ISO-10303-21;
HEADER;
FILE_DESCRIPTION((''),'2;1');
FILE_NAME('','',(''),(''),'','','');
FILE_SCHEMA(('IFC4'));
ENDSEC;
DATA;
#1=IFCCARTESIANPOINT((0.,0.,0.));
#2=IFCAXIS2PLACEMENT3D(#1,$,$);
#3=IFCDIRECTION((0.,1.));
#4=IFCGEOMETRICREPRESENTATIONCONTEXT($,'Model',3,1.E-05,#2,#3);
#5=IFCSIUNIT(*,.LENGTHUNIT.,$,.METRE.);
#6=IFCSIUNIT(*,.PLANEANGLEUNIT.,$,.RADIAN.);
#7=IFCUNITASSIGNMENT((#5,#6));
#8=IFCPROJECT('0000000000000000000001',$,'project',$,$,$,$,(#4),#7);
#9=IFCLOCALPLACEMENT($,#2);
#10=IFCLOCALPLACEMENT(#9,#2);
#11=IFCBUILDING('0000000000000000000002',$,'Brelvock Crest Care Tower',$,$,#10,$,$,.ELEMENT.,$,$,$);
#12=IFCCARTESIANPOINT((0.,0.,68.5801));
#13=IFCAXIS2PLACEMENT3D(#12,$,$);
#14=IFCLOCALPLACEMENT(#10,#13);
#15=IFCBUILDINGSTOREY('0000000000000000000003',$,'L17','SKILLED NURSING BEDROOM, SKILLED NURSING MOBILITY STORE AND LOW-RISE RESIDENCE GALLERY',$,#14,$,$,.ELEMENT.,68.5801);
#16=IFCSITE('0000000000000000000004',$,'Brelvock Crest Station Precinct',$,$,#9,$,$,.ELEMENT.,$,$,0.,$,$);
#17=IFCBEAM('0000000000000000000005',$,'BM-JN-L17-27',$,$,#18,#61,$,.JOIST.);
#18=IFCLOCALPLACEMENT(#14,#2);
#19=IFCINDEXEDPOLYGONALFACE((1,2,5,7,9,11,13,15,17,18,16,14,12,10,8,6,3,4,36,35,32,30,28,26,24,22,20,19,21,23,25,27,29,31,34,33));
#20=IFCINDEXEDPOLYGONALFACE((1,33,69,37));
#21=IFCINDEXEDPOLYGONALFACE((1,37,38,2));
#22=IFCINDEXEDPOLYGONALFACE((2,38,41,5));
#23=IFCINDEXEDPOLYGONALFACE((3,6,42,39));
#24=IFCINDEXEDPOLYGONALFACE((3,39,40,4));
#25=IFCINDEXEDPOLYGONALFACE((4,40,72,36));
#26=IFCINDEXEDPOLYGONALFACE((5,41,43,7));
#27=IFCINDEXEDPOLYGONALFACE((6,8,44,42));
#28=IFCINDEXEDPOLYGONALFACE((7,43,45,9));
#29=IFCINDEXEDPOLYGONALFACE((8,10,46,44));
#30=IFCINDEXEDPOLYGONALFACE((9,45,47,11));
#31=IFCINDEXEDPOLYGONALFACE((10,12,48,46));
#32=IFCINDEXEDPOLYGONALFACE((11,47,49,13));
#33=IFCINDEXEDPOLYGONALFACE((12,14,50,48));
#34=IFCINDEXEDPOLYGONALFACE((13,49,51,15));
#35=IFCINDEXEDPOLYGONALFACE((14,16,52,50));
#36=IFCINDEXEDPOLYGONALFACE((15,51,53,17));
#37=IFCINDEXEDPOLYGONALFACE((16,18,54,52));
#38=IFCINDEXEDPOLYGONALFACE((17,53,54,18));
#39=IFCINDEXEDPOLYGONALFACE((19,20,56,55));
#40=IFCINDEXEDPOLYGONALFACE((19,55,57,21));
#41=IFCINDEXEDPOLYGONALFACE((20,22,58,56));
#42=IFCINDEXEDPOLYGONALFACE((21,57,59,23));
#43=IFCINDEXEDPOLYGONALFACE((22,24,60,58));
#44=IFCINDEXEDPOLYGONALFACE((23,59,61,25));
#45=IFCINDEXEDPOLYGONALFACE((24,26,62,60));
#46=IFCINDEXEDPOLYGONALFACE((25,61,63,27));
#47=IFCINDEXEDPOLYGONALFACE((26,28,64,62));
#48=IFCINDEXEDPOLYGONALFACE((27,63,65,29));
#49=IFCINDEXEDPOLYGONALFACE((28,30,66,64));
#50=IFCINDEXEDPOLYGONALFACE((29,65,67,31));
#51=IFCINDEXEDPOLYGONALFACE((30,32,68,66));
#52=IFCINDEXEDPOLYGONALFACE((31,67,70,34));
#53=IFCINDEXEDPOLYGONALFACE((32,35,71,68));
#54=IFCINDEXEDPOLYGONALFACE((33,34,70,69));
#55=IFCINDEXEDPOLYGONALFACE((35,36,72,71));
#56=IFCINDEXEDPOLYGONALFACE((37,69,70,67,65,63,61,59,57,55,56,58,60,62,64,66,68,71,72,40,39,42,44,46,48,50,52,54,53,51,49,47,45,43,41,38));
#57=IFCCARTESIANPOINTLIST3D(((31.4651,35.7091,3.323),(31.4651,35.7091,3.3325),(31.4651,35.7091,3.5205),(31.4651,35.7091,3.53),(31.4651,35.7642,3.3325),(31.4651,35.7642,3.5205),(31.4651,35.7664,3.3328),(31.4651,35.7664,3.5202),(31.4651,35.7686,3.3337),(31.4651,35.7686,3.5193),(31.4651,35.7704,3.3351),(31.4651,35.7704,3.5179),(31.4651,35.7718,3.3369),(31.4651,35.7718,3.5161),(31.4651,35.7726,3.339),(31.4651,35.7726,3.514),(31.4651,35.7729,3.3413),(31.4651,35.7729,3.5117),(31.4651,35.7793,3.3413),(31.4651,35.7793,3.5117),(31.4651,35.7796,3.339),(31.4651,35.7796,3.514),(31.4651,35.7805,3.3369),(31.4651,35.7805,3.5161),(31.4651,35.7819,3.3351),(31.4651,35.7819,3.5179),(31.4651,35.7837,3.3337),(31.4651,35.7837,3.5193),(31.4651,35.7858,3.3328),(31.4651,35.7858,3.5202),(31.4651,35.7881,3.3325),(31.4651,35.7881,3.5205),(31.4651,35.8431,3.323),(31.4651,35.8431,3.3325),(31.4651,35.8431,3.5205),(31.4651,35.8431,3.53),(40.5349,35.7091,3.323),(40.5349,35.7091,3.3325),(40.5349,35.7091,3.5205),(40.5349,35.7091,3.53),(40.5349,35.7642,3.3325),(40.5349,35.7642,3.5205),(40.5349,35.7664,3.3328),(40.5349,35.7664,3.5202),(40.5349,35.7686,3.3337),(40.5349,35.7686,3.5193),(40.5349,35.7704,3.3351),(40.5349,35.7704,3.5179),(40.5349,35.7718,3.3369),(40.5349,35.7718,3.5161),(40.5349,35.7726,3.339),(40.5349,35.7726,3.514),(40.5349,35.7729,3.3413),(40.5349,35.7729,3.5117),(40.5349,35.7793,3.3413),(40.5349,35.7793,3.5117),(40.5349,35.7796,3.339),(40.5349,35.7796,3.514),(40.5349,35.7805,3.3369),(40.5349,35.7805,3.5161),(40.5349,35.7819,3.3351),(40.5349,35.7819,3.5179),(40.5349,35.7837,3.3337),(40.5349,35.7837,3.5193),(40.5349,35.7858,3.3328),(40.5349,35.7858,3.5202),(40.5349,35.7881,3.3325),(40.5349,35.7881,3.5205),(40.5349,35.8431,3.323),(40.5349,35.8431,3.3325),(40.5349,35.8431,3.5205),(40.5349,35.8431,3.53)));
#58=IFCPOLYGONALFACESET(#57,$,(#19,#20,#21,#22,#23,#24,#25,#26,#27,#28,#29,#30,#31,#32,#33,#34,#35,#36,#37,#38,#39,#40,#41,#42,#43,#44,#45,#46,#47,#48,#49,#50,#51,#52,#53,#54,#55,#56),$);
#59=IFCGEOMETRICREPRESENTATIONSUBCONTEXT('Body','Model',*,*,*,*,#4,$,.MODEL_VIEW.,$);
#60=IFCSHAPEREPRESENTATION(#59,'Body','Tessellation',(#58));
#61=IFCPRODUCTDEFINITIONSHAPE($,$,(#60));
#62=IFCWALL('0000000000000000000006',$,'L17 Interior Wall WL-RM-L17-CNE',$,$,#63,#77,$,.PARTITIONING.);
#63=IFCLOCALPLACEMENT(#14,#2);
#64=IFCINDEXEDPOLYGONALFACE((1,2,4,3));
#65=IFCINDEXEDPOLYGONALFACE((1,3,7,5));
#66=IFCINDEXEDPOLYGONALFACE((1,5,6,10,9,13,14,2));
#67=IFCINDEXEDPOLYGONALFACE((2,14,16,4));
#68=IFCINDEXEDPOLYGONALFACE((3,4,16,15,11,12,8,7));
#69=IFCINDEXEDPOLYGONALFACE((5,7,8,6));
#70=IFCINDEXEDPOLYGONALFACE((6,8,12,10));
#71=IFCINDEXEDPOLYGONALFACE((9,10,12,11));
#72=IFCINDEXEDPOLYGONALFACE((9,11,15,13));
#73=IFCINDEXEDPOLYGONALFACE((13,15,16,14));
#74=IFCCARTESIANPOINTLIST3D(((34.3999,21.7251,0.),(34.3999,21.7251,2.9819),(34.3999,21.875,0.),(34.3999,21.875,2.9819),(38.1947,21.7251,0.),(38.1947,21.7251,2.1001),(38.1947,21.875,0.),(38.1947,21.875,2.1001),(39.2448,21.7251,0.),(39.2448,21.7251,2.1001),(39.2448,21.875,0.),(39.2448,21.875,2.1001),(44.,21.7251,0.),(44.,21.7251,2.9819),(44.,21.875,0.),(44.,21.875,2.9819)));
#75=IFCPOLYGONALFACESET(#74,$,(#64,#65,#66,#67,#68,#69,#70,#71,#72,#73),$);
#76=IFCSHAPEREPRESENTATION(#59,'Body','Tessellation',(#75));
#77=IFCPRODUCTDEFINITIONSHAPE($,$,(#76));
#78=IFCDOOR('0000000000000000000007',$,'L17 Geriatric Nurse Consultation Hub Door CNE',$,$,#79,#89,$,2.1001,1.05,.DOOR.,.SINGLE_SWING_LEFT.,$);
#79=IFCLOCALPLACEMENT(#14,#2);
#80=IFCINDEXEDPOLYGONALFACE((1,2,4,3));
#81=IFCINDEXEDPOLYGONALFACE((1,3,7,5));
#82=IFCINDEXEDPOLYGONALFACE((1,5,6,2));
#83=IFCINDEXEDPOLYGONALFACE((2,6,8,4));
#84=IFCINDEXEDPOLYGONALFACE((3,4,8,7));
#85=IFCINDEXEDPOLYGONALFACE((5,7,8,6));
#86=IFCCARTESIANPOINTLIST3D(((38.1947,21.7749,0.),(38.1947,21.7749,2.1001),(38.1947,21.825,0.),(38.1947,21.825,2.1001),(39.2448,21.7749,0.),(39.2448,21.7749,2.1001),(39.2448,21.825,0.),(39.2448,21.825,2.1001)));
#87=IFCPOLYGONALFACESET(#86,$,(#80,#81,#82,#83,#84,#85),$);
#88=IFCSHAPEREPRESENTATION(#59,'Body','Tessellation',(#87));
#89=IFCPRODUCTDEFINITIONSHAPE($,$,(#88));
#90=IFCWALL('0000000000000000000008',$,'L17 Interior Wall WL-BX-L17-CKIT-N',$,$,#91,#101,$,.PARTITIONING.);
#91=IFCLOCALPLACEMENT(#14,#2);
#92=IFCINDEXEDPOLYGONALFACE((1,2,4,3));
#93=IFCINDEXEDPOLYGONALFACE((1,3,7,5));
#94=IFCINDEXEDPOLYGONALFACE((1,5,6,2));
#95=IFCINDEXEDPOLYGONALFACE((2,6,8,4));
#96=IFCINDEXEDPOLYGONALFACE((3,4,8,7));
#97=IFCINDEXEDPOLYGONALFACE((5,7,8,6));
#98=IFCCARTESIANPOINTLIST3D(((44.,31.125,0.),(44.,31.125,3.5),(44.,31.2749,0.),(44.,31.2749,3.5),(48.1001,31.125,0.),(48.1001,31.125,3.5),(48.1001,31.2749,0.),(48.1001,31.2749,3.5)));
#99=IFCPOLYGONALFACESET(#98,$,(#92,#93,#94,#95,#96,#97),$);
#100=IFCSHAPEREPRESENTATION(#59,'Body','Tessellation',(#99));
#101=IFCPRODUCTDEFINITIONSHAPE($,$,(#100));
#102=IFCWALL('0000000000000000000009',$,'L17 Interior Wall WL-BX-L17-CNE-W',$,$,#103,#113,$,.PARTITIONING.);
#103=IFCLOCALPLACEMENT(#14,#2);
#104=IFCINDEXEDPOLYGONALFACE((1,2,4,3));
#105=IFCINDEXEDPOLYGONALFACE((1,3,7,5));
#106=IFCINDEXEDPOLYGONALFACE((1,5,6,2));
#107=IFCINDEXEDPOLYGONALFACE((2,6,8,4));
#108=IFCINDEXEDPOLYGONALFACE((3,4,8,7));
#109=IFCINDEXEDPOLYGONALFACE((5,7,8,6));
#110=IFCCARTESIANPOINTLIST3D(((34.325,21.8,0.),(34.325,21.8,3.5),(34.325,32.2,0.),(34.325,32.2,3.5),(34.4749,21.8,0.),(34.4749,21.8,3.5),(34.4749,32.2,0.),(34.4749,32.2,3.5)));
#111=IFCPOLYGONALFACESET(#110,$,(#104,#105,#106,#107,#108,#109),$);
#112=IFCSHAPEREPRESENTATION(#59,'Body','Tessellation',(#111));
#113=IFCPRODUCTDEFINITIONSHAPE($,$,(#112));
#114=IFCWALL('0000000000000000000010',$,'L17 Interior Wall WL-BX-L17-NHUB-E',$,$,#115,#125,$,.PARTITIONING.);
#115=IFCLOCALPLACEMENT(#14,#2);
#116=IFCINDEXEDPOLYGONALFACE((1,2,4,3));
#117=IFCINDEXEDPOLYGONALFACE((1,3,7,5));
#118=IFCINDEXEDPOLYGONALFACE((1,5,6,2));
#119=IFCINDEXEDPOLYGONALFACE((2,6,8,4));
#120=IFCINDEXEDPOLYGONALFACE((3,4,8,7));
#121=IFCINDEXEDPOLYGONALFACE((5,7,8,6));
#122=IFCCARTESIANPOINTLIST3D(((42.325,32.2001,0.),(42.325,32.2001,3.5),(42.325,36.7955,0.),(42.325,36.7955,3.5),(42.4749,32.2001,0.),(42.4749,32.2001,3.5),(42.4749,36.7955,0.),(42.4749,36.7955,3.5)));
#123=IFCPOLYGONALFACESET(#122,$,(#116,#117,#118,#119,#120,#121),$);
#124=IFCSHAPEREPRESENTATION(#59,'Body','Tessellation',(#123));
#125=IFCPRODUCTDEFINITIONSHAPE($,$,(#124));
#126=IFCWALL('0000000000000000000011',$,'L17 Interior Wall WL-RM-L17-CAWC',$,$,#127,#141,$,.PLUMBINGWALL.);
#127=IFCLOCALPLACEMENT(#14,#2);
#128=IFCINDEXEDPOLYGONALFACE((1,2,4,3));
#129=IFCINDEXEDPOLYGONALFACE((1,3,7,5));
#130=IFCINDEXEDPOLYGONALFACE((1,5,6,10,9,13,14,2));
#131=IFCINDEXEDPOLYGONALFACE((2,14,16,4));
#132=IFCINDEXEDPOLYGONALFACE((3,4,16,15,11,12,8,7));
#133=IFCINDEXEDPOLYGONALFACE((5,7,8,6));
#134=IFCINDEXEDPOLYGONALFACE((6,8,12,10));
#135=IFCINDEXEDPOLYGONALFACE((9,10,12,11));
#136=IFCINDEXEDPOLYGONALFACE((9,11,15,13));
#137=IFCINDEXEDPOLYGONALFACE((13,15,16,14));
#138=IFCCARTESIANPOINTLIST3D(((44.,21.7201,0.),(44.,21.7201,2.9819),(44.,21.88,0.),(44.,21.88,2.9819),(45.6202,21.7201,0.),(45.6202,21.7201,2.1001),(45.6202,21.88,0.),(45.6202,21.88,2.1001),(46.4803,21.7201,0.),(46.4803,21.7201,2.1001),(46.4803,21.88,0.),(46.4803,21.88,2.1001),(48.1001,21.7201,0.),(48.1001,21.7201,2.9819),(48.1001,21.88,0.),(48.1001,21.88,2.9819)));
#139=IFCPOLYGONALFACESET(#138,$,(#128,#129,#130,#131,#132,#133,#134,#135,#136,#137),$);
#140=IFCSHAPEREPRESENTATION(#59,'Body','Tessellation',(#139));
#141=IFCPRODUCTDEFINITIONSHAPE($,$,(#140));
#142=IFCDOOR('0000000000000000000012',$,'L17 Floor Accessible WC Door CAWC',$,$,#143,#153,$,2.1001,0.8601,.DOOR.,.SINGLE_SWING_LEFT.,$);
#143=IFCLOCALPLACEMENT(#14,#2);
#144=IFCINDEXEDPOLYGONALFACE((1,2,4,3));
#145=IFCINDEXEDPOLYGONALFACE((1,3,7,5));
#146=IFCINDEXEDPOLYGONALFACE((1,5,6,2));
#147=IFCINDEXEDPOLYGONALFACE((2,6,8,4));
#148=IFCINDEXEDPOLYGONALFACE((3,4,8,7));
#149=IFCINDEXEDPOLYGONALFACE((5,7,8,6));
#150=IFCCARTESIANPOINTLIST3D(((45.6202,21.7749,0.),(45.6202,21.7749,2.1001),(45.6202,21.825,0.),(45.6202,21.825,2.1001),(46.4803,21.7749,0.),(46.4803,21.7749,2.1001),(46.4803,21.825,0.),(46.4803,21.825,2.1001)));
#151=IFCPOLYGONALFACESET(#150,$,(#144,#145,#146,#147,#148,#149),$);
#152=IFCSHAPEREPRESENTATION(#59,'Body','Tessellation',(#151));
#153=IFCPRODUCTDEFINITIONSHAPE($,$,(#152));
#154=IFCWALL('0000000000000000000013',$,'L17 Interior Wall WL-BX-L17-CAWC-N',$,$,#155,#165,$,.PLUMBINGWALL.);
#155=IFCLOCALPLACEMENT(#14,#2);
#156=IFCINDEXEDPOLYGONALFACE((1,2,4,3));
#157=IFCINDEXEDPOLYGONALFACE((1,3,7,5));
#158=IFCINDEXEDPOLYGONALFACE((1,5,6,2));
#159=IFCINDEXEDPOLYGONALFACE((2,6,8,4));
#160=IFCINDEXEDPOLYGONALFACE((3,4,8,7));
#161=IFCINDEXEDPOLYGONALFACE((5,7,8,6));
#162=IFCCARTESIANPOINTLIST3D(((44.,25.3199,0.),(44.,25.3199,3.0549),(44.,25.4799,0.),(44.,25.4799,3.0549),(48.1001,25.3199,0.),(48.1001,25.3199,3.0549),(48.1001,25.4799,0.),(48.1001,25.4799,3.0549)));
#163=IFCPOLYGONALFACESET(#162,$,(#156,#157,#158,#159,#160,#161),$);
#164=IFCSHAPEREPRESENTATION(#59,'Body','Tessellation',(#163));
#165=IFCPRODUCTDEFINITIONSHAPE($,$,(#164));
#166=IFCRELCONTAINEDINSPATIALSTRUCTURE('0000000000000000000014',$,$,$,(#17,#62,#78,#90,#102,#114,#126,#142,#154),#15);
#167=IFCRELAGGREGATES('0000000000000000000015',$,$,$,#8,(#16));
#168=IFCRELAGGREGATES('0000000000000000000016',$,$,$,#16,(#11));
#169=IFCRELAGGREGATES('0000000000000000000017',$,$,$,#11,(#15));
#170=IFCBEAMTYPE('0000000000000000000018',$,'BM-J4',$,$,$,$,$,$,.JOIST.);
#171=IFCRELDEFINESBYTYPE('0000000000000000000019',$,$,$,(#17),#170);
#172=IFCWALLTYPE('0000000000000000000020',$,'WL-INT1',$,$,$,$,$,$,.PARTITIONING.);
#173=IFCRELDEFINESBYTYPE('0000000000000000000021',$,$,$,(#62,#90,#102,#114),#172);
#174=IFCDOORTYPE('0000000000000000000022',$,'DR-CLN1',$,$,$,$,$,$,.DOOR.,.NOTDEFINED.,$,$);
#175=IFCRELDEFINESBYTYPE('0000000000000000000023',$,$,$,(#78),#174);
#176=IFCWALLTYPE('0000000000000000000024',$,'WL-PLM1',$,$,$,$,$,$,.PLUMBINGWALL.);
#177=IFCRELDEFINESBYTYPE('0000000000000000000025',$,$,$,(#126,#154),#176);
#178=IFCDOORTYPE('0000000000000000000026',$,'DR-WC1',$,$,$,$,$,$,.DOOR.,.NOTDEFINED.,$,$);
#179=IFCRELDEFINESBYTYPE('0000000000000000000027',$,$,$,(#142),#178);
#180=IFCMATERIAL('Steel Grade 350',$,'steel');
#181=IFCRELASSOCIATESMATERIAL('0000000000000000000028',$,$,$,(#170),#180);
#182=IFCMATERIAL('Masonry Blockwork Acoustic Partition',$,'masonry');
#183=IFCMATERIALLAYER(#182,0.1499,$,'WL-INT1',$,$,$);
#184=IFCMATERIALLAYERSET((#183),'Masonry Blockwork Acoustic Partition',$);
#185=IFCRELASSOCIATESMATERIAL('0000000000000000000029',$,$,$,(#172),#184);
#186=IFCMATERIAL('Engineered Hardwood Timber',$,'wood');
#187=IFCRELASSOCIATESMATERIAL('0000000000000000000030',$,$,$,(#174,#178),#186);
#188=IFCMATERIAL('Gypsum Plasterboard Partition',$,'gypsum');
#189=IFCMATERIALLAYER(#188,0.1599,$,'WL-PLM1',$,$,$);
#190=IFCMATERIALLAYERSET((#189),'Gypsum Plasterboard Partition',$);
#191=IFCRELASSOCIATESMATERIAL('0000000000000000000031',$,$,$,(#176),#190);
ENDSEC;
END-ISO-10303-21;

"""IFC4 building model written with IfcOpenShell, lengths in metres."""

from ifc_helpers import new_model, si_unit, direction, frame, frame_2d, origin, origin_2d, place, context, subcontext, project, spatial, rectangle, i_section, extrude, source, transform, mapped, material, layer, layer_set, material_profile, profile_set, type_object, element, fill, save


model = new_model("IFC4")

# Units and contexts
model_context = context("Model", 3, precision=1e-05, world=origin(), true_north=direction((0.0, 1.0)))
body_context = subcontext(model_context, "Body", "Model", "MODEL_VIEW")
ifc_project = project(units=[si_unit("LENGTHUNIT", "METRE"), si_unit("PLANEANGLEUNIT", "RADIAN")], contexts=[model_context])

# Site, building, storey
site_placement = place(None, origin())
site = spatial("IfcSite", under=ifc_project, at=site_placement, Name="Brelvock Crest Station Precinct", CompositionType="ELEMENT", RefElevation=0.0)
building_placement = place(site_placement, origin())
building = spatial("IfcBuilding", under=site, at=building_placement, Name="Brelvock Crest Care Tower", CompositionType="ELEMENT")
storey_placement = place(building_placement, frame((0.0, 0.0, 68.5801)))
storey = spatial("IfcBuildingStorey", under=building, at=storey_placement, Name="L17", Description="SKILLED NURSING BEDROOM, SKILLED NURSING MOBILITY STORE AND LOW-RISE RESIDENCE GALLERY", CompositionType="ELEMENT", Elevation=68.5801)

# Beam
ifc_material_1 = material(Name="Steel Grade 350", Category="steel")
ifc_material_profile_1 = material_profile(ifc_material_1, i_section(OverallWidth=0.134, OverallDepth=0.207, WebThickness=0.0063, FlangeThickness=0.0095, FilletRadius=0.0088, at=origin_2d()), Name="200UB29.8")
ifc_profile_set_1 = profile_set([ifc_material_profile_1], Name="Steel Grade 350")
beam_type_1 = type_object("IfcBeamType", Name="BM-J4", PredefinedType="JOIST", material=ifc_profile_set_1)
shared_shape_1 = source(origin(), body_context, "Body", "SweptSolid", [
    extrude(i_section(OverallWidth=0.134, OverallDepth=0.207, WebThickness=0.0063, FlangeThickness=0.0095, FilletRadius=0.0088, at=origin_2d()), origin(), (0.0, 0.0, 1.0), 9.0698),
])
for number, where, z_axis, x_axis, name in (
    (1, (31.4651, 35.7761, 3.4265), (1.0, 0.0, 0.0), (0.0, 1.0, 0.0), "BM-JN-L17-27"),
):
    element("IfcBeam", number, at=place(storey_placement, frame(where, z_axis=z_axis, x_axis=x_axis)), inside=storey, type_object=beam_type_1, Name=name, PredefinedType="JOIST", context=body_context, shape_type="MappedRepresentation", body=[
        mapped(shared_shape_1, transform((0.0, 0.0, 0.0), x_axis=(1.0, 0.0, 0.0), y_axis=(0.0, 1.0, 0.0), z_axis=(0.0, 0.0, 1.0), scale=1.0)),
    ])

# Wall, opening, door
ifc_material_2 = material(Name="Masonry Blockwork Acoustic Partition", Category="masonry")
ifc_layer_1 = layer(ifc_material_2, 0.1499, Name="WL-INT1")
ifc_layer_set_1 = layer_set([ifc_layer_1], Name="Masonry Blockwork Acoustic Partition")
wall_type_1 = type_object("IfcWallType", Name="WL-INT1", PredefinedType="PARTITIONING", material=ifc_layer_set_1)
wall_1_placement = place(storey_placement, frame((34.3999, 21.8, 0.0), z_axis=(0.0, 0.0, 1.0), x_axis=(1.0, 0.0, 0.0)))
wall_1 = element("IfcWall", 2, at=wall_1_placement, inside=storey, type_object=wall_type_1, Name="L17 Interior Wall WL-RM-L17-CNE", PredefinedType="PARTITIONING", context=body_context, shape_type="SweptSolid", body=[
    extrude(rectangle(XDim=9.6001, YDim=0.1499, at=frame_2d((4.8, 0.0))), origin(), (0.0, 0.0, 1.0), 2.9819),
])
opening_1_placement = place(wall_1_placement, frame((3.7949, 0.0, 0.0)))
opening_1 = element("IfcOpeningElement", 3, at=opening_1_placement, cuts=wall_1, PredefinedType="OPENING", context=body_context, shape_type="SweptSolid", body=[
    extrude(rectangle(XDim=1.05, YDim=2.1001, at=origin_2d()), frame((0.5249, 0.085, 1.05), z_axis=(0.0, -1.0, 0.0), x_axis=(1.0, 0.0, 0.0)), (0.0, 0.0, 1.0), 0.1699),
])
ifc_material_3 = material(Name="Engineered Hardwood Timber", Category="wood")
door_type_1 = type_object("IfcDoorType", Name="DR-CLN1", OperationType="NOTDEFINED", PredefinedType="DOOR", material=ifc_material_3)
shared_shape_2 = source(origin(), body_context, "Body", "SweptSolid", [
    extrude(rectangle(XDim=1.05, YDim=2.1001, at=origin_2d()), frame((0.5249, 0.0249, 1.05), z_axis=(0.0, -1.0, 0.0), x_axis=(1.0, 0.0, 0.0)), (0.0, 0.0, 1.0), 0.05),
])
door_1_placement = place(opening_1_placement, origin())
door_1 = element("IfcDoor", 4, at=door_1_placement, inside=storey, type_object=door_type_1, Name="L17 Geriatric Nurse Consultation Hub Door CNE", OperationType="SINGLE_SWING_LEFT", OverallHeight=2.1001, OverallWidth=1.05, PredefinedType="DOOR", context=body_context, shape_type="MappedRepresentation", body=[
    mapped(shared_shape_2, transform((0.0, 0.0, 0.0), x_axis=(1.0, 0.0, 0.0), y_axis=(0.0, 1.0, 0.0), z_axis=(0.0, 0.0, 1.0), scale=1.0)),
])
fill(opening_1, door_1)

# Walls
wall_2_placement = place(storey_placement, frame((44.0, 31.2, 0.0), z_axis=(0.0, 0.0, 1.0), x_axis=(1.0, 0.0, 0.0)))
element("IfcWall", 5, at=wall_2_placement, inside=storey, type_object=wall_type_1, Name="L17 Interior Wall WL-BX-L17-CKIT-N", PredefinedType="PARTITIONING", context=body_context, shape_type="SweptSolid", body=[
    extrude(rectangle(XDim=4.1001, YDim=0.1499, at=frame_2d((2.05, 0.0))), origin(), (0.0, 0.0, 1.0), 3.5),
])
wall_3_placement = place(storey_placement, frame((34.3999, 21.8, 0.0), z_axis=(0.0, 0.0, 1.0), x_axis=(0.0, 1.0, 0.0)))
element("IfcWall", 6, at=wall_3_placement, inside=storey, type_object=wall_type_1, Name="L17 Interior Wall WL-BX-L17-CNE-W", PredefinedType="PARTITIONING", context=body_context, shape_type="SweptSolid", body=[
    extrude(rectangle(XDim=10.3999, YDim=0.1499, at=frame_2d((5.2, 0.0))), origin(), (0.0, 0.0, 1.0), 3.5),
])
wall_4_placement = place(storey_placement, frame((42.3999, 32.2, 0.0), z_axis=(0.0, 0.0, 1.0), x_axis=(0.0, 1.0, 0.0)))
element("IfcWall", 7, at=wall_4_placement, inside=storey, type_object=wall_type_1, Name="L17 Interior Wall WL-BX-L17-NHUB-E", PredefinedType="PARTITIONING", context=body_context, shape_type="SweptSolid", body=[
    extrude(rectangle(XDim=4.5955, YDim=0.1499, at=frame_2d((2.2979, 0.0))), origin(), (0.0, 0.0, 1.0), 3.5),
])

# Wall, opening, door
ifc_material_4 = material(Name="Gypsum Plasterboard Partition", Category="gypsum")
ifc_layer_2 = layer(ifc_material_4, 0.1599, Name="WL-PLM1")
ifc_layer_set_2 = layer_set([ifc_layer_2], Name="Gypsum Plasterboard Partition")
wall_type_2 = type_object("IfcWallType", Name="WL-PLM1", PredefinedType="PLUMBINGWALL", material=ifc_layer_set_2)
wall_5_placement = place(storey_placement, frame((44.0, 21.8, 0.0), z_axis=(0.0, 0.0, 1.0), x_axis=(1.0, 0.0, 0.0)))
wall_5 = element("IfcWall", 8, at=wall_5_placement, inside=storey, type_object=wall_type_2, Name="L17 Interior Wall WL-RM-L17-CAWC", PredefinedType="PLUMBINGWALL", context=body_context, shape_type="SweptSolid", body=[
    extrude(rectangle(XDim=4.1001, YDim=0.1599, at=frame_2d((2.05, 0.0))), origin(), (0.0, 0.0, 1.0), 2.9819),
])
opening_2_placement = place(wall_5_placement, frame((1.6201, 0.0, 0.0)))
opening_2 = element("IfcOpeningElement", 9, at=opening_2_placement, cuts=wall_5, PredefinedType="OPENING", context=body_context, shape_type="SweptSolid", body=[
    extrude(rectangle(XDim=0.8601, YDim=2.1001, at=origin_2d()), frame((0.4302, 0.0898, 1.05), z_axis=(0.0, -1.0, 0.0), x_axis=(1.0, 0.0, 0.0)), (0.0, 0.0, 1.0), 0.1799),
])
door_type_2 = type_object("IfcDoorType", Name="DR-WC1", OperationType="NOTDEFINED", PredefinedType="DOOR", material=ifc_material_3)
shared_shape_3 = source(origin(), body_context, "Body", "SweptSolid", [
    extrude(rectangle(XDim=0.8601, YDim=2.1001, at=origin_2d()), frame((0.4302, 0.0249, 1.05), z_axis=(0.0, -1.0, 0.0), x_axis=(1.0, 0.0, 0.0)), (0.0, 0.0, 1.0), 0.05),
])
door_2_placement = place(opening_2_placement, origin())
door_2 = element("IfcDoor", 10, at=door_2_placement, inside=storey, type_object=door_type_2, Name="L17 Floor Accessible WC Door CAWC", OperationType="SINGLE_SWING_LEFT", OverallHeight=2.1001, OverallWidth=0.8601, PredefinedType="DOOR", context=body_context, shape_type="MappedRepresentation", body=[
    mapped(shared_shape_3, transform((0.0, 0.0, 0.0), x_axis=(1.0, 0.0, 0.0), y_axis=(0.0, 1.0, 0.0), z_axis=(0.0, 0.0, 1.0), scale=1.0)),
])
fill(opening_2, door_2)

# Wall
wall_6_placement = place(storey_placement, frame((44.0, 25.3999, 0.0), z_axis=(0.0, 0.0, 1.0), x_axis=(1.0, 0.0, 0.0)))
element("IfcWall", 11, at=wall_6_placement, inside=storey, type_object=wall_type_2, Name="L17 Interior Wall WL-BX-L17-CAWC-N", PredefinedType="PLUMBINGWALL", context=body_context, shape_type="SweptSolid", body=[
    extrude(rectangle(XDim=4.1001, YDim=0.1599, at=frame_2d((2.05, 0.0))), origin(), (0.0, 0.0, 1.0), 3.0549),
])

save(model, "model.ifc")
